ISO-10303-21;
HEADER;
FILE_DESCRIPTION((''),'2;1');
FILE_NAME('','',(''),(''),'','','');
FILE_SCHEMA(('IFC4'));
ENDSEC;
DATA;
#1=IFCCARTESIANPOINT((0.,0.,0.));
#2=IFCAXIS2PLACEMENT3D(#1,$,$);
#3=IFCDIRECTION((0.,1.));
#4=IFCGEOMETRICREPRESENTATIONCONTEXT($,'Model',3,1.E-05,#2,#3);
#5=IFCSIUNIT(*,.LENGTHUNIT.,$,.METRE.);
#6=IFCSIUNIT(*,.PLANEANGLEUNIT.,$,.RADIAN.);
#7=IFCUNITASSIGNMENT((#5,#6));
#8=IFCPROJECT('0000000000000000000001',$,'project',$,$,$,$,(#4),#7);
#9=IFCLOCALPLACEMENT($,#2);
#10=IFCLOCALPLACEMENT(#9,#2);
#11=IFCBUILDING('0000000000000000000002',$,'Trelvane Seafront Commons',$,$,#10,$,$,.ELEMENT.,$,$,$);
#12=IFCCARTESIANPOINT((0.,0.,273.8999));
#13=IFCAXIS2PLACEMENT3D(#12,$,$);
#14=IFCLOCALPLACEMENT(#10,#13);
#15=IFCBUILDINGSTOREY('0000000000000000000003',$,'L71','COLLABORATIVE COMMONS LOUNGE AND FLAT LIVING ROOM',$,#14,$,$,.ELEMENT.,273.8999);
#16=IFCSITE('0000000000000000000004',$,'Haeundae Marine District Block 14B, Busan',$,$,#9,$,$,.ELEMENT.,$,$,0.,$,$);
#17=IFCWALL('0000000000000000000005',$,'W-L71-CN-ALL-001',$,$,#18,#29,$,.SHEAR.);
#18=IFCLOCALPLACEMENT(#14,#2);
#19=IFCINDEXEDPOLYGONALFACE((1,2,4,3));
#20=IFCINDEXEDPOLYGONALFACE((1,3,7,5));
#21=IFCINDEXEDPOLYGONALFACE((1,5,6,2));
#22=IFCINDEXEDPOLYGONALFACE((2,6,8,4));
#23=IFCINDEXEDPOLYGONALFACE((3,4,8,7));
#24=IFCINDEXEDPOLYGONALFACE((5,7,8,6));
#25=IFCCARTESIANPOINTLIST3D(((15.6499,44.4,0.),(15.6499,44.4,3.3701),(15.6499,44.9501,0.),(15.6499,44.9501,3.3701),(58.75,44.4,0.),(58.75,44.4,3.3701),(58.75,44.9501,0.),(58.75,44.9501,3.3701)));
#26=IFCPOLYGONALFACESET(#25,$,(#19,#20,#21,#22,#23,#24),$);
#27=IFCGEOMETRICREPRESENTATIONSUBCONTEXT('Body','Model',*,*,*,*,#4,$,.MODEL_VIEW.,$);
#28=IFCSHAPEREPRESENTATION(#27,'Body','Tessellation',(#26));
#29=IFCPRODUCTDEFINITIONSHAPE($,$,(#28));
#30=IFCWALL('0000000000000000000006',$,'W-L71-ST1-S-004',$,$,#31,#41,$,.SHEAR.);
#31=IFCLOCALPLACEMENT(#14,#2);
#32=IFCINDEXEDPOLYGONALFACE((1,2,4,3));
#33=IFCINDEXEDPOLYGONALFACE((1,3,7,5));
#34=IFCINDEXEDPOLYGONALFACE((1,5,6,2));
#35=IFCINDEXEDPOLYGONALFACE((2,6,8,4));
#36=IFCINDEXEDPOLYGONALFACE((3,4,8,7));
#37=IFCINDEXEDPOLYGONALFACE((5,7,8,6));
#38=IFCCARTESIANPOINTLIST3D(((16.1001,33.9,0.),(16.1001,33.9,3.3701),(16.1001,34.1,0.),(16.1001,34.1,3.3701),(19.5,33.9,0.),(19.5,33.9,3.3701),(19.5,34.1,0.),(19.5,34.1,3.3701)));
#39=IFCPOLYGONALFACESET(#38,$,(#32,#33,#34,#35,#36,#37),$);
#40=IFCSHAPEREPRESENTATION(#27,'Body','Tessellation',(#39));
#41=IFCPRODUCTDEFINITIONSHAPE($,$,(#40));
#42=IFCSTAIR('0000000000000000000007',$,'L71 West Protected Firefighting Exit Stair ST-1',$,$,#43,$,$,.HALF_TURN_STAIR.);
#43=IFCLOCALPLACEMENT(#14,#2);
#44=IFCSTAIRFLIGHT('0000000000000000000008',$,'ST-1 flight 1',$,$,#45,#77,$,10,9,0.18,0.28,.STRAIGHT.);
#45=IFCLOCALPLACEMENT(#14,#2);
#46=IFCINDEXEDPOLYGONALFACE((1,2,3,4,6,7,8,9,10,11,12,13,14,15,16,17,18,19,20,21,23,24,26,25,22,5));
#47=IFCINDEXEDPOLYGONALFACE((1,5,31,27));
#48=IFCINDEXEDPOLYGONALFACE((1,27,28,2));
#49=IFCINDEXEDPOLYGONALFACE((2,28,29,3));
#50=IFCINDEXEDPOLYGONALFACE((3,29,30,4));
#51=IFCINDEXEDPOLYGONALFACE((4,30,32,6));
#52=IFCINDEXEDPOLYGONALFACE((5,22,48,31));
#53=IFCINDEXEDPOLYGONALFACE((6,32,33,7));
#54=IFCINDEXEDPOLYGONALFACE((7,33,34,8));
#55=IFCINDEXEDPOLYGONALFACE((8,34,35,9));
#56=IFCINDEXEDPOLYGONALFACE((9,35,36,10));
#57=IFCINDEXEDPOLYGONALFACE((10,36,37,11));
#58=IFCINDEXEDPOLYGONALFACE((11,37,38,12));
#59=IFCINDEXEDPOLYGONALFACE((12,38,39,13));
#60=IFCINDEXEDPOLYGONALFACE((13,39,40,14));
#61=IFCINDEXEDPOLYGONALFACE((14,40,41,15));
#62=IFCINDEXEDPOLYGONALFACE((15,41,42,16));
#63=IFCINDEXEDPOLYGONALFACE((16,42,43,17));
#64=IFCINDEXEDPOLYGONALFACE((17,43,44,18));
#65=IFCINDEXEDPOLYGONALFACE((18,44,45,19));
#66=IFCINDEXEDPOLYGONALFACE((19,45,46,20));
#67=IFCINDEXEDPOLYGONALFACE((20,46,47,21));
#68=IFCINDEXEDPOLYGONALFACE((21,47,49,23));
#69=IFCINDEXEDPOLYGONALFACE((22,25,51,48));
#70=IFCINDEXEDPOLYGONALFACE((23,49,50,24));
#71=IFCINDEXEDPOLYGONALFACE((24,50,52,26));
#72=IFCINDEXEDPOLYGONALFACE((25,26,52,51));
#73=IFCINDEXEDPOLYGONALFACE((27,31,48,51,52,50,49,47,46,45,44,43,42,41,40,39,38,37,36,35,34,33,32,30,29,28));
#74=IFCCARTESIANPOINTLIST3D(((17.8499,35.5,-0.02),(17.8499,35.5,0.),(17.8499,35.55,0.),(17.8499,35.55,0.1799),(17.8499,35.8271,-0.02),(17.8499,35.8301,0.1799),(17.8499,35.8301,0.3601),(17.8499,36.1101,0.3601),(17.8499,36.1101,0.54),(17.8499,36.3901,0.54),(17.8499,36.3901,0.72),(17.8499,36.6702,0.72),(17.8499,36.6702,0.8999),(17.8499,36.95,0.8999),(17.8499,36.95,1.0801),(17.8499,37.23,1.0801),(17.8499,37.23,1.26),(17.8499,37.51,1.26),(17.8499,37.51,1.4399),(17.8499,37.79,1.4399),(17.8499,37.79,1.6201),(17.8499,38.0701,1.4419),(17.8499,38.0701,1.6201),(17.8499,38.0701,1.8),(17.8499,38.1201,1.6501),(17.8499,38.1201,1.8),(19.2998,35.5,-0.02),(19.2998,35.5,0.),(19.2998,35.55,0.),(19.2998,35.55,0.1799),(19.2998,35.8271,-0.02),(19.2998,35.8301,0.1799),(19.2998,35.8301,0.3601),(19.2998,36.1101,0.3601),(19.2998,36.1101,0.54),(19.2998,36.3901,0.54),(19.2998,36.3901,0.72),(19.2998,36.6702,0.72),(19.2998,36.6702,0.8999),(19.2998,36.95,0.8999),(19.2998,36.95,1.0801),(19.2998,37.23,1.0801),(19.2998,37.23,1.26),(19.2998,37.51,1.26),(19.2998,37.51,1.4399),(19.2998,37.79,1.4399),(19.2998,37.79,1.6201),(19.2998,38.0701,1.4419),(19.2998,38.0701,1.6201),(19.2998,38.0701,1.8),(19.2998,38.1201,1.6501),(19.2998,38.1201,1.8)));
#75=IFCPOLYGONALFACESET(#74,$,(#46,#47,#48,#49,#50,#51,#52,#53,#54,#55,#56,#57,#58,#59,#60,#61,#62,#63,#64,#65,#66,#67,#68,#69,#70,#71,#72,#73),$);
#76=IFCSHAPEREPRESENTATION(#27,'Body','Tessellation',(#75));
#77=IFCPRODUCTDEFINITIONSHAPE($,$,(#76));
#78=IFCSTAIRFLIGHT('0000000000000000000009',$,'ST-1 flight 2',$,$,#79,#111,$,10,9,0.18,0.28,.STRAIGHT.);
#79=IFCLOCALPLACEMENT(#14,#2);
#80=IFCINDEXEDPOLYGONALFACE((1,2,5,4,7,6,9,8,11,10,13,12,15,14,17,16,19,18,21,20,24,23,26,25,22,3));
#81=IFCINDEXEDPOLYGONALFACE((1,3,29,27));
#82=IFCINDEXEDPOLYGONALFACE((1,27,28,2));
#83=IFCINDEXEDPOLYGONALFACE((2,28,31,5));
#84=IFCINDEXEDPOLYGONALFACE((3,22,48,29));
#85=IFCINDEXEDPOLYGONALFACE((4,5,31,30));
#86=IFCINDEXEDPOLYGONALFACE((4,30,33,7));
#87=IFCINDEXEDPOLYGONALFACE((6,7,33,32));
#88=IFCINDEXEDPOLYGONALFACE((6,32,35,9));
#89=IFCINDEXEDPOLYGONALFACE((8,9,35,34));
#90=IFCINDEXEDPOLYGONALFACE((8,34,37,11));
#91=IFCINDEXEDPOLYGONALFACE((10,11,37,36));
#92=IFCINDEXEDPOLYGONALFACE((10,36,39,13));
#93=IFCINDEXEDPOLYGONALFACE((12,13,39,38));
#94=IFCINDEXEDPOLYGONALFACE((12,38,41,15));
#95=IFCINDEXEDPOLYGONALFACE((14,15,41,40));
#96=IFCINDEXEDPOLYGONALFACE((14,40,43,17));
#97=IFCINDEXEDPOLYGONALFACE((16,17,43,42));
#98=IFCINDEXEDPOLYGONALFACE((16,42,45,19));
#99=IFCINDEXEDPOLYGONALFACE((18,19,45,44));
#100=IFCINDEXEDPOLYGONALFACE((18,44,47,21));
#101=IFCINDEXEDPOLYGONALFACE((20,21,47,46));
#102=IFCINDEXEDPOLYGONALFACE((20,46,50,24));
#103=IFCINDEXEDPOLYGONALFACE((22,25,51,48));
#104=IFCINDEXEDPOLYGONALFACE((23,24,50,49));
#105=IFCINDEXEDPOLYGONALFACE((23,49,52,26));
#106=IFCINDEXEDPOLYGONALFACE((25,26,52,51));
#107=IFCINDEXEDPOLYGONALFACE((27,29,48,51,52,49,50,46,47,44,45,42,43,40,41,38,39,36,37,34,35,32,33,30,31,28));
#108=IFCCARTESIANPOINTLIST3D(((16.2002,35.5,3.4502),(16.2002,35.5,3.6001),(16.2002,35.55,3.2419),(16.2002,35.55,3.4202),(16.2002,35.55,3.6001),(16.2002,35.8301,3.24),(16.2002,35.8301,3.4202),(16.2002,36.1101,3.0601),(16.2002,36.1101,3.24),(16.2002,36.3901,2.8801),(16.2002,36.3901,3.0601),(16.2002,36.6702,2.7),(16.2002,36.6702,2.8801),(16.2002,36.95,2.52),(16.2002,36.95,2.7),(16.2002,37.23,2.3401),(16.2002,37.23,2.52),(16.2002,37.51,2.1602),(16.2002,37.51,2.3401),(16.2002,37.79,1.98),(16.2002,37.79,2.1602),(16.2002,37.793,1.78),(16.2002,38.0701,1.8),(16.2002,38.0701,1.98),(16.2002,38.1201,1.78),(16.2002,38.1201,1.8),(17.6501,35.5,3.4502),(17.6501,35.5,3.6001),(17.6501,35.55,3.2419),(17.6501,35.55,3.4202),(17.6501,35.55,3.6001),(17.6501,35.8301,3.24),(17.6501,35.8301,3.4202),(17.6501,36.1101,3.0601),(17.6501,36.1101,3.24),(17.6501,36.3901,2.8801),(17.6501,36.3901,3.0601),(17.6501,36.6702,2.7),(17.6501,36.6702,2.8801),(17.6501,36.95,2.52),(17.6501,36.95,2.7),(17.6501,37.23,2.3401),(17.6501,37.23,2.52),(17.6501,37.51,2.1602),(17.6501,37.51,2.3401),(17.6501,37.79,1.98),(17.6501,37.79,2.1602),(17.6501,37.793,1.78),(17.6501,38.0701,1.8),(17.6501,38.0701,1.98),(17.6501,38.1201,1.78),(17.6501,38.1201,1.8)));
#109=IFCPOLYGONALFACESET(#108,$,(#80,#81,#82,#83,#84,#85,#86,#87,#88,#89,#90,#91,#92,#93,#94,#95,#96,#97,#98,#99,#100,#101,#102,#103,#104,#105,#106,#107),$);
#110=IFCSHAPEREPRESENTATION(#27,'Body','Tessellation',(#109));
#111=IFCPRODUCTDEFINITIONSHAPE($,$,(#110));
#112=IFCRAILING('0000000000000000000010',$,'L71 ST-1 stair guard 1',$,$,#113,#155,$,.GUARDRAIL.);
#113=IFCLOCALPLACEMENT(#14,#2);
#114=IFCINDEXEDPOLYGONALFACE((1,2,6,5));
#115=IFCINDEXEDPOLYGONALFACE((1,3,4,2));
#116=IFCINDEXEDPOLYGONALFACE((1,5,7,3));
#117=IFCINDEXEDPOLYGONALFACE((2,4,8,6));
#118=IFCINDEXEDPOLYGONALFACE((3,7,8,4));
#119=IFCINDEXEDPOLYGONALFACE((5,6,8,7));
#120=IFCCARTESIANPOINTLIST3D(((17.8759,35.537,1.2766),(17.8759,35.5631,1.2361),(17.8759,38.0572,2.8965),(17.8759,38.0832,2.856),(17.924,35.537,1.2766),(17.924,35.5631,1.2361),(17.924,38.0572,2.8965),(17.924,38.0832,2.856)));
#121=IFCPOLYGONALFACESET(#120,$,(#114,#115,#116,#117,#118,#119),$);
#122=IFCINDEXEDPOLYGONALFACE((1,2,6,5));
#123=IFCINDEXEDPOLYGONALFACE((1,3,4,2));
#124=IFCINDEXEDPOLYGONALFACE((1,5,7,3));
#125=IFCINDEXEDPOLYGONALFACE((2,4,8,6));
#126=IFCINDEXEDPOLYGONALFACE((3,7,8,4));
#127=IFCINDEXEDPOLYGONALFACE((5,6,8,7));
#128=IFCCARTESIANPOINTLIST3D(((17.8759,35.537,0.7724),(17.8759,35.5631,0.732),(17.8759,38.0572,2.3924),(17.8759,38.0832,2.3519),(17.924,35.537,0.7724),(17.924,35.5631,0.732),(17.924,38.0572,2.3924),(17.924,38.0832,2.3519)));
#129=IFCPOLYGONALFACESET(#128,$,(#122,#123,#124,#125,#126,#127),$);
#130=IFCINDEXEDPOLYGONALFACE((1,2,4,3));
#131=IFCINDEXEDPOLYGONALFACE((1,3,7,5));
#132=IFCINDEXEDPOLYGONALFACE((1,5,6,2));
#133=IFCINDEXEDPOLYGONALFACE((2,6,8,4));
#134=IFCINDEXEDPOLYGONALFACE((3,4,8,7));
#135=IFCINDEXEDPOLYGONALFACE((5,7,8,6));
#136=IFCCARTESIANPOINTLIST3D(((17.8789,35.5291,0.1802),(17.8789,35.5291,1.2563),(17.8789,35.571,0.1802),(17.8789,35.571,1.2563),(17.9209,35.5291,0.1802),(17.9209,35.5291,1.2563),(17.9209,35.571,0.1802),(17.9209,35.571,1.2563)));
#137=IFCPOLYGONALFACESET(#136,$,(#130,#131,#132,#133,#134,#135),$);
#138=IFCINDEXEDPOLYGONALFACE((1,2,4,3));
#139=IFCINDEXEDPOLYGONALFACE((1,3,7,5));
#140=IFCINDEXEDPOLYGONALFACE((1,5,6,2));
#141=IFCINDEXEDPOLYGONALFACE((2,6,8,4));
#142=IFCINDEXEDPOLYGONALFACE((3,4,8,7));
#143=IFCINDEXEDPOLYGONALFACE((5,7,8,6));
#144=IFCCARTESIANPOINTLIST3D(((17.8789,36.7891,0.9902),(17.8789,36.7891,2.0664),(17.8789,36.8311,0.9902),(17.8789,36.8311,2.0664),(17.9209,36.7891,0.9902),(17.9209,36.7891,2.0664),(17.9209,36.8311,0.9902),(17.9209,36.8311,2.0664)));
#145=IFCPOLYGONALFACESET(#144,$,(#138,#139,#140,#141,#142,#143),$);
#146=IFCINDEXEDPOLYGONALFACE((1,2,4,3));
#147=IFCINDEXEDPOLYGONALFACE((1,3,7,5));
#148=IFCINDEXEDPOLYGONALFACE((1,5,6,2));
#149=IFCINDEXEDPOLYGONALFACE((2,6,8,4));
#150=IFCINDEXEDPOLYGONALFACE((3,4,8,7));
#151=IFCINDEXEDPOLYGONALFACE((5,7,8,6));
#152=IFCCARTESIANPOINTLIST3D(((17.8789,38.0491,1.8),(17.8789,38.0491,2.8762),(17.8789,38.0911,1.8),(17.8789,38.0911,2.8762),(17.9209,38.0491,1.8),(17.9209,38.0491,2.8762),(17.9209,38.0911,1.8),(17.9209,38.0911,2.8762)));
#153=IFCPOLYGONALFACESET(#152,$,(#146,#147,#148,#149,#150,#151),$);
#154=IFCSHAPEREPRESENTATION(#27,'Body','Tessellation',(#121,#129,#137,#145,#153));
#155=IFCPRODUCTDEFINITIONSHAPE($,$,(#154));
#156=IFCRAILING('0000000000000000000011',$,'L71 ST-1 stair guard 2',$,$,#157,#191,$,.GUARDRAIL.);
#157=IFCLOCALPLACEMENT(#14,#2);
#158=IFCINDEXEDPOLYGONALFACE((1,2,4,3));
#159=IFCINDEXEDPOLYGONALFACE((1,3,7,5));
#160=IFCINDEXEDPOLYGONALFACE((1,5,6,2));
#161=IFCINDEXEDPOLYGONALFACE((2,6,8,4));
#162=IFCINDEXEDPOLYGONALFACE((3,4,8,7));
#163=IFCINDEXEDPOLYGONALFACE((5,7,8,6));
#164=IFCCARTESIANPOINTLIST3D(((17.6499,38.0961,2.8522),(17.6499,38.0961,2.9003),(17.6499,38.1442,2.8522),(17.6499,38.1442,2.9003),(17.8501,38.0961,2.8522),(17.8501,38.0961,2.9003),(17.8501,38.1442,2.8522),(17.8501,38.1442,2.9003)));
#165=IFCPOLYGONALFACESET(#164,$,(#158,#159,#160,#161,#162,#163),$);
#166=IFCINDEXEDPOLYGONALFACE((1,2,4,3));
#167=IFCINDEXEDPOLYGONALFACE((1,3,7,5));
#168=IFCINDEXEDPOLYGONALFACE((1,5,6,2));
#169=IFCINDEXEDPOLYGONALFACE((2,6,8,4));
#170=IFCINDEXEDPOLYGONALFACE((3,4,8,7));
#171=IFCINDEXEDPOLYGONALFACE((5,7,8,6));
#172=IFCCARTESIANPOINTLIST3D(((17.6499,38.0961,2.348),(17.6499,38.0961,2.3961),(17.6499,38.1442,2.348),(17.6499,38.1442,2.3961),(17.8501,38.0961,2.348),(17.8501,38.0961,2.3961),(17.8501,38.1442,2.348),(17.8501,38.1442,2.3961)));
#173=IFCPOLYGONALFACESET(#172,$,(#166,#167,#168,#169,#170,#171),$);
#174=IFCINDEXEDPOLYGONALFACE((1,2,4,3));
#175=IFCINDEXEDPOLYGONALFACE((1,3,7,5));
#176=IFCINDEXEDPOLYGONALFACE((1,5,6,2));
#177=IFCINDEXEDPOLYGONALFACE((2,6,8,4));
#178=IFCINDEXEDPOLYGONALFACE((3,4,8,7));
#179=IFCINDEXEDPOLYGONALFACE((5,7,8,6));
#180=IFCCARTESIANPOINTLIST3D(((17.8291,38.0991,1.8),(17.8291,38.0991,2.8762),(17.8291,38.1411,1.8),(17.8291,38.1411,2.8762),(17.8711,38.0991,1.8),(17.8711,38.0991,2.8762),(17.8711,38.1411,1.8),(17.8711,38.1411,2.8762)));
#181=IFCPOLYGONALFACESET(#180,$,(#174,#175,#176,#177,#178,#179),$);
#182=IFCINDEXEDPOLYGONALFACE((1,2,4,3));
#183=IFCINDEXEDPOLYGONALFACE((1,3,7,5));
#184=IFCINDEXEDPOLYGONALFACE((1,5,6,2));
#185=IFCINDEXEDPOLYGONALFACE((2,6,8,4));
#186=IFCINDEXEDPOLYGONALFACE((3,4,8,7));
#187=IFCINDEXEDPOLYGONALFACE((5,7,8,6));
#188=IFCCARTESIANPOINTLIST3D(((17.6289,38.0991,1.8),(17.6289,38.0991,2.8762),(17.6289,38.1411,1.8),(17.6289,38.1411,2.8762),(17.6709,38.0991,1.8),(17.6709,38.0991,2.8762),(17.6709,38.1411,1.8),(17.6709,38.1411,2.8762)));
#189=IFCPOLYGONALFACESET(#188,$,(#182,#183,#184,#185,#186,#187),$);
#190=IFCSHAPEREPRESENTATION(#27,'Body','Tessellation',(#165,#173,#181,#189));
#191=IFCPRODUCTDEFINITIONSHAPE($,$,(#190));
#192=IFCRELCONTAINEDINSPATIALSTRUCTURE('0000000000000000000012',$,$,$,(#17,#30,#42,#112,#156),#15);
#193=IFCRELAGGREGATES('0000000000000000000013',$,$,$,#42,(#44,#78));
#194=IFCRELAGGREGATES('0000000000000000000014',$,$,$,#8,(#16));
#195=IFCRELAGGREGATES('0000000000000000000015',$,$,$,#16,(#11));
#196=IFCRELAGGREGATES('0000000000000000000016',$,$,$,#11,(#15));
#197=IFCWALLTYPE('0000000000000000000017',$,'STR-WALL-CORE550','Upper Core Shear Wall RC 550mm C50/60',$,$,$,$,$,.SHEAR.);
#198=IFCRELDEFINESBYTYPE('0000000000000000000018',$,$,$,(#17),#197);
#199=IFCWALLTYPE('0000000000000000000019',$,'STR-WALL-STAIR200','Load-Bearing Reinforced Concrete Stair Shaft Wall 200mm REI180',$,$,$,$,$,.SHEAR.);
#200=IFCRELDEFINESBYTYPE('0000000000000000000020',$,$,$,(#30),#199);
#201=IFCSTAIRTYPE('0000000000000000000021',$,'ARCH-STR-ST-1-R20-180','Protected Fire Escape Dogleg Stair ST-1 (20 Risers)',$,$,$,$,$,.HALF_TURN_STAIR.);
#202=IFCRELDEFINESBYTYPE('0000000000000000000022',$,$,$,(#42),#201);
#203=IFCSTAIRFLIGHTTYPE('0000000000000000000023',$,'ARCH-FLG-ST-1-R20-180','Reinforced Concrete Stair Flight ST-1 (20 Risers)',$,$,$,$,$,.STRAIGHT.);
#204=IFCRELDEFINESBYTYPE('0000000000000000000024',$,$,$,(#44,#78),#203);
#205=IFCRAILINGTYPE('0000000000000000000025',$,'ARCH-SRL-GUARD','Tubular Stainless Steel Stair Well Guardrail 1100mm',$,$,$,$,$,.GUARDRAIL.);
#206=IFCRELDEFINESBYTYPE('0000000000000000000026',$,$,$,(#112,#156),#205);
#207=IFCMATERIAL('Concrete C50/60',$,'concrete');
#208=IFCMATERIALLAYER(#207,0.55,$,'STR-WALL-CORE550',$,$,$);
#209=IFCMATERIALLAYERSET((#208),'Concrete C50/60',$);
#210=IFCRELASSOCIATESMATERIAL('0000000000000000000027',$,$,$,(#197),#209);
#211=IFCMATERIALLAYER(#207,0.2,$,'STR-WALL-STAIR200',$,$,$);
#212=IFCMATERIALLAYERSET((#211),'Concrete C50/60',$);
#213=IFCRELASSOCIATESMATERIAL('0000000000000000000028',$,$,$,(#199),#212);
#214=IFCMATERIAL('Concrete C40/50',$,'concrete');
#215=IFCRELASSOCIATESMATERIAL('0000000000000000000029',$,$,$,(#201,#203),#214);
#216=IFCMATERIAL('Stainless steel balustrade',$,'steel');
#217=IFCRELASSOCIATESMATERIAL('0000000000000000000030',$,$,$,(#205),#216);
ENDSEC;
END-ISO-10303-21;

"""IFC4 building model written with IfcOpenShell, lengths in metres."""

from ifc_helpers import new_model, si_unit, direction, frame, frame_2d, origin, origin_2d, place, context, subcontext, project, spatial, polyline, rectangle, outline, extrude, source, transform, mapped, material, layer, layer_set, type_object, element, aggregate, save


model = new_model("IFC4")

# Units and contexts
model_context = context("Model", 3, precision=1e-05, world=origin(), true_north=direction((0.0, 1.0)))
body_context = subcontext(model_context, "Body", "Model", "MODEL_VIEW")
ifc_project = project(units=[si_unit("LENGTHUNIT", "METRE"), si_unit("PLANEANGLEUNIT", "RADIAN")], contexts=[model_context])

# Site, building, storey
site_placement = place(None, origin())
site = spatial("IfcSite", under=ifc_project, at=site_placement, Name="Haeundae Marine District Block 14B, Busan", CompositionType="ELEMENT", RefElevation=0.0)
building_placement = place(site_placement, origin())
building = spatial("IfcBuilding", under=site, at=building_placement, Name="Trelvane Seafront Commons", CompositionType="ELEMENT")
storey_placement = place(building_placement, frame((0.0, 0.0, 273.8999)))
storey = spatial("IfcBuildingStorey", under=building, at=storey_placement, Name="L71", Description="COLLABORATIVE COMMONS LOUNGE AND FLAT LIVING ROOM", CompositionType="ELEMENT", Elevation=273.8999)

# Shared definitions
ifc_material_1 = material(Name="Concrete C50/60", Category="concrete")

# Shared definitions
ifc_material_2 = material(Name="Concrete C40/50", Category="concrete")
ifc_material_3 = material(Name="Stainless steel balustrade", Category="steel")

# Walls
ifc_layer_1 = layer(ifc_material_1, 0.55, Name="STR-WALL-CORE550")
ifc_layer_set_1 = layer_set([ifc_layer_1], Name="Concrete C50/60")
wall_type_1 = type_object("IfcWallType", Name="STR-WALL-CORE550", Description="Upper Core Shear Wall RC 550mm C50/60", PredefinedType="SHEAR", material=ifc_layer_set_1)
wall_1_placement = place(storey_placement, frame((15.6499, 44.675, 0.0), z_axis=(0.0, 0.0, 1.0), x_axis=(1.0, 0.0, 0.0)))
element("IfcWall", 1, at=wall_1_placement, inside=storey, type_object=wall_type_1, Name="W-L71-CN-ALL-001", PredefinedType="SHEAR", context=body_context, shape_type="SweptSolid", body=[
    extrude(rectangle(XDim=43.1001, YDim=0.55, at=frame_2d((21.55, 0.0))), origin(), (0.0, 0.0, 1.0), 3.3701),
])
ifc_layer_2 = layer(ifc_material_1, 0.2, Name="STR-WALL-STAIR200")
ifc_layer_set_2 = layer_set([ifc_layer_2], Name="Concrete C50/60")
wall_type_2 = type_object("IfcWallType", Name="STR-WALL-STAIR200", Description="Load-Bearing Reinforced Concrete Stair Shaft Wall 200mm REI180", PredefinedType="SHEAR", material=ifc_layer_set_2)
wall_2_placement = place(storey_placement, frame((16.1001, 34.0, 0.0), z_axis=(0.0, 0.0, 1.0), x_axis=(1.0, 0.0, 0.0)))
element("IfcWall", 2, at=wall_2_placement, inside=storey, type_object=wall_type_2, Name="W-L71-ST1-S-004", PredefinedType="SHEAR", context=body_context, shape_type="SweptSolid", body=[
    extrude(rectangle(XDim=3.3999, YDim=0.2, at=frame_2d((1.7, 0.0))), origin(), (0.0, 0.0, 1.0), 3.3701),
])

# Stair, stair flights
stair_type = type_object("IfcStairType", Name="ARCH-STR-ST-1-R20-180", Description="Protected Fire Escape Dogleg Stair ST-1 (20 Risers)", PredefinedType="HALF_TURN_STAIR", material=ifc_material_2)
stair_placement = place(storey_placement, origin())
stair = element("IfcStair", 3, at=stair_placement, inside=storey, type_object=stair_type, Name="L71 West Protected Firefighting Exit Stair ST-1", PredefinedType="HALF_TURN_STAIR")
stair_flight_type = type_object("IfcStairFlightType", Name="ARCH-FLG-ST-1-R20-180", Description="Reinforced Concrete Stair Flight ST-1 (20 Risers)", PredefinedType="STRAIGHT", material=ifc_material_2)
shared_shape_1 = source(origin(), body_context, "Body", "SweptSolid", [
    extrude(outline(polyline([(-0.05, -0.02), (-0.05, 0.0), (0.0, 0.0), (0.0, 0.1799), (0.28, 0.1799), (0.28, 0.3601), (0.5601, 0.3601), (0.5601, 0.54), (0.8401, 0.54), (0.8401, 0.72), (1.1201, 0.72), (1.1201, 0.8999), (1.3999, 0.8999), (1.3999, 1.0801), (1.6799, 1.0801), (1.6799, 1.26), (1.96, 1.26), (1.96, 1.4399), (2.24, 1.4399), (2.24, 1.6201), (2.52, 1.6201), (2.52, 1.8), (2.5701, 1.8), (2.5701, 1.6501), (2.52, 1.4419), (0.2771, -0.02), (-0.05, -0.02)])), frame((0.0, 0.7251, 0.0), z_axis=(0.0, -1.0, 0.0), x_axis=(1.0, 0.0, 0.0)), (0.0, 0.0, 1.0), 1.45),
])
stair_flight_1_placement = place(storey_placement, frame((18.575, 35.55, 0.0), z_axis=(0.0, 0.0, 1.0), x_axis=(0.0, 1.0, 0.0)))
stair_flight_1 = element("IfcStairFlight", 4, at=stair_flight_1_placement, type_object=stair_flight_type, Name="ST-1 flight 1", NumberOfRisers=10, NumberOfTreads=9, PredefinedType="STRAIGHT", RiserHeight=0.18, TreadLength=0.28, context=body_context, shape_type="MappedRepresentation", body=[
    mapped(shared_shape_1, transform((0.0, 0.0, 0.0), x_axis=(1.0, 0.0, 0.0), y_axis=(0.0, 1.0, 0.0), z_axis=(0.0, 0.0, 1.0), scale=1.0)),
])
stair_flight_2_placement = place(storey_placement, frame((16.925, 38.0701, 1.8), z_axis=(0.0, 0.0, 1.0), x_axis=(0.0, -1.0, 0.0)))
stair_flight_2 = element("IfcStairFlight", 5, at=stair_flight_2_placement, type_object=stair_flight_type, Name="ST-1 flight 2", NumberOfRisers=10, NumberOfTreads=9, PredefinedType="STRAIGHT", RiserHeight=0.18, TreadLength=0.28, context=body_context, shape_type="MappedRepresentation", body=[
    mapped(shared_shape_1, transform((0.0, 0.0, 0.0), x_axis=(1.0, 0.0, 0.0), y_axis=(0.0, 1.0, 0.0), z_axis=(0.0, 0.0, 1.0), scale=1.0)),
])
aggregate(stair, [stair_flight_1, stair_flight_2])

# Railings
railing_type_1 = type_object("IfcRailingType", Name="ARCH-SRL-GUARD", Description="Tubular Stainless Steel Stair Well Guardrail 1100mm", PredefinedType="GUARDRAIL", material=ifc_material_3)
railing_1_placement = place(storey_placement, frame((17.8999, 35.55, 0.1802)))
element("IfcRailing", 6, at=railing_1_placement, inside=storey, type_object=railing_type_1, Name="L71 ST-1 stair guard 1", PredefinedType="GUARDRAIL", context=body_context, shape_type="SweptSolid", body=[
    extrude(rectangle(XDim=0.0481, YDim=0.0481, at=origin_2d()), frame((0.0, 0.0, 1.0762), z_axis=(0.0, 0.8412, 0.540725), x_axis=(-1.0, 0.0, 0.0)), (0.0, 0.0, 1.0), 2.9958),
    extrude(rectangle(XDim=0.0481, YDim=0.0481, at=origin_2d()), frame((0.0, 0.0, 0.572), z_axis=(0.0, 0.8412, 0.540725), x_axis=(-1.0, 0.0, 0.0)), (0.0, 0.0, 1.0), 2.9958),
    extrude(rectangle(XDim=0.042, YDim=0.042, at=origin_2d()), origin(), (0.0, 0.0, 1.0), 1.0762),
    extrude(rectangle(XDim=0.042, YDim=0.042, at=origin_2d()), frame((0.0, 1.26, 0.8101)), (0.0, 0.0, 1.0), 1.0762),
    extrude(rectangle(XDim=0.042, YDim=0.042, at=origin_2d()), frame((0.0, 2.52, 1.6199)), (0.0, 0.0, 1.0), 1.0762),
])
railing_2_placement = place(storey_placement, frame((17.8501, 38.1201, 1.8)))
element("IfcRailing", 7, at=railing_2_placement, inside=storey, type_object=railing_type_1, Name="L71 ST-1 stair guard 2", PredefinedType="GUARDRAIL", context=body_context, shape_type="SweptSolid", body=[
    extrude(rectangle(XDim=0.0481, YDim=0.0481, at=origin_2d()), frame((0.0, 0.0, 1.0762), z_axis=(-1.0, 0.0, 0.0), x_axis=(0.0, -1.0, 0.0)), (0.0, 0.0, 1.0), 0.2002),
    extrude(rectangle(XDim=0.0481, YDim=0.0481, at=origin_2d()), frame((0.0, 0.0, 0.572), z_axis=(-1.0, 0.0, 0.0), x_axis=(0.0, -1.0, 0.0)), (0.0, 0.0, 1.0), 0.2002),
    extrude(rectangle(XDim=0.042, YDim=0.042, at=origin_2d()), origin(), (0.0, 0.0, 1.0), 1.0762),
    extrude(rectangle(XDim=0.042, YDim=0.042, at=origin_2d()), frame((-0.2002, 0.0, 0.0)), (0.0, 0.0, 1.0), 1.0762),
])

save(model, "model.ifc")
